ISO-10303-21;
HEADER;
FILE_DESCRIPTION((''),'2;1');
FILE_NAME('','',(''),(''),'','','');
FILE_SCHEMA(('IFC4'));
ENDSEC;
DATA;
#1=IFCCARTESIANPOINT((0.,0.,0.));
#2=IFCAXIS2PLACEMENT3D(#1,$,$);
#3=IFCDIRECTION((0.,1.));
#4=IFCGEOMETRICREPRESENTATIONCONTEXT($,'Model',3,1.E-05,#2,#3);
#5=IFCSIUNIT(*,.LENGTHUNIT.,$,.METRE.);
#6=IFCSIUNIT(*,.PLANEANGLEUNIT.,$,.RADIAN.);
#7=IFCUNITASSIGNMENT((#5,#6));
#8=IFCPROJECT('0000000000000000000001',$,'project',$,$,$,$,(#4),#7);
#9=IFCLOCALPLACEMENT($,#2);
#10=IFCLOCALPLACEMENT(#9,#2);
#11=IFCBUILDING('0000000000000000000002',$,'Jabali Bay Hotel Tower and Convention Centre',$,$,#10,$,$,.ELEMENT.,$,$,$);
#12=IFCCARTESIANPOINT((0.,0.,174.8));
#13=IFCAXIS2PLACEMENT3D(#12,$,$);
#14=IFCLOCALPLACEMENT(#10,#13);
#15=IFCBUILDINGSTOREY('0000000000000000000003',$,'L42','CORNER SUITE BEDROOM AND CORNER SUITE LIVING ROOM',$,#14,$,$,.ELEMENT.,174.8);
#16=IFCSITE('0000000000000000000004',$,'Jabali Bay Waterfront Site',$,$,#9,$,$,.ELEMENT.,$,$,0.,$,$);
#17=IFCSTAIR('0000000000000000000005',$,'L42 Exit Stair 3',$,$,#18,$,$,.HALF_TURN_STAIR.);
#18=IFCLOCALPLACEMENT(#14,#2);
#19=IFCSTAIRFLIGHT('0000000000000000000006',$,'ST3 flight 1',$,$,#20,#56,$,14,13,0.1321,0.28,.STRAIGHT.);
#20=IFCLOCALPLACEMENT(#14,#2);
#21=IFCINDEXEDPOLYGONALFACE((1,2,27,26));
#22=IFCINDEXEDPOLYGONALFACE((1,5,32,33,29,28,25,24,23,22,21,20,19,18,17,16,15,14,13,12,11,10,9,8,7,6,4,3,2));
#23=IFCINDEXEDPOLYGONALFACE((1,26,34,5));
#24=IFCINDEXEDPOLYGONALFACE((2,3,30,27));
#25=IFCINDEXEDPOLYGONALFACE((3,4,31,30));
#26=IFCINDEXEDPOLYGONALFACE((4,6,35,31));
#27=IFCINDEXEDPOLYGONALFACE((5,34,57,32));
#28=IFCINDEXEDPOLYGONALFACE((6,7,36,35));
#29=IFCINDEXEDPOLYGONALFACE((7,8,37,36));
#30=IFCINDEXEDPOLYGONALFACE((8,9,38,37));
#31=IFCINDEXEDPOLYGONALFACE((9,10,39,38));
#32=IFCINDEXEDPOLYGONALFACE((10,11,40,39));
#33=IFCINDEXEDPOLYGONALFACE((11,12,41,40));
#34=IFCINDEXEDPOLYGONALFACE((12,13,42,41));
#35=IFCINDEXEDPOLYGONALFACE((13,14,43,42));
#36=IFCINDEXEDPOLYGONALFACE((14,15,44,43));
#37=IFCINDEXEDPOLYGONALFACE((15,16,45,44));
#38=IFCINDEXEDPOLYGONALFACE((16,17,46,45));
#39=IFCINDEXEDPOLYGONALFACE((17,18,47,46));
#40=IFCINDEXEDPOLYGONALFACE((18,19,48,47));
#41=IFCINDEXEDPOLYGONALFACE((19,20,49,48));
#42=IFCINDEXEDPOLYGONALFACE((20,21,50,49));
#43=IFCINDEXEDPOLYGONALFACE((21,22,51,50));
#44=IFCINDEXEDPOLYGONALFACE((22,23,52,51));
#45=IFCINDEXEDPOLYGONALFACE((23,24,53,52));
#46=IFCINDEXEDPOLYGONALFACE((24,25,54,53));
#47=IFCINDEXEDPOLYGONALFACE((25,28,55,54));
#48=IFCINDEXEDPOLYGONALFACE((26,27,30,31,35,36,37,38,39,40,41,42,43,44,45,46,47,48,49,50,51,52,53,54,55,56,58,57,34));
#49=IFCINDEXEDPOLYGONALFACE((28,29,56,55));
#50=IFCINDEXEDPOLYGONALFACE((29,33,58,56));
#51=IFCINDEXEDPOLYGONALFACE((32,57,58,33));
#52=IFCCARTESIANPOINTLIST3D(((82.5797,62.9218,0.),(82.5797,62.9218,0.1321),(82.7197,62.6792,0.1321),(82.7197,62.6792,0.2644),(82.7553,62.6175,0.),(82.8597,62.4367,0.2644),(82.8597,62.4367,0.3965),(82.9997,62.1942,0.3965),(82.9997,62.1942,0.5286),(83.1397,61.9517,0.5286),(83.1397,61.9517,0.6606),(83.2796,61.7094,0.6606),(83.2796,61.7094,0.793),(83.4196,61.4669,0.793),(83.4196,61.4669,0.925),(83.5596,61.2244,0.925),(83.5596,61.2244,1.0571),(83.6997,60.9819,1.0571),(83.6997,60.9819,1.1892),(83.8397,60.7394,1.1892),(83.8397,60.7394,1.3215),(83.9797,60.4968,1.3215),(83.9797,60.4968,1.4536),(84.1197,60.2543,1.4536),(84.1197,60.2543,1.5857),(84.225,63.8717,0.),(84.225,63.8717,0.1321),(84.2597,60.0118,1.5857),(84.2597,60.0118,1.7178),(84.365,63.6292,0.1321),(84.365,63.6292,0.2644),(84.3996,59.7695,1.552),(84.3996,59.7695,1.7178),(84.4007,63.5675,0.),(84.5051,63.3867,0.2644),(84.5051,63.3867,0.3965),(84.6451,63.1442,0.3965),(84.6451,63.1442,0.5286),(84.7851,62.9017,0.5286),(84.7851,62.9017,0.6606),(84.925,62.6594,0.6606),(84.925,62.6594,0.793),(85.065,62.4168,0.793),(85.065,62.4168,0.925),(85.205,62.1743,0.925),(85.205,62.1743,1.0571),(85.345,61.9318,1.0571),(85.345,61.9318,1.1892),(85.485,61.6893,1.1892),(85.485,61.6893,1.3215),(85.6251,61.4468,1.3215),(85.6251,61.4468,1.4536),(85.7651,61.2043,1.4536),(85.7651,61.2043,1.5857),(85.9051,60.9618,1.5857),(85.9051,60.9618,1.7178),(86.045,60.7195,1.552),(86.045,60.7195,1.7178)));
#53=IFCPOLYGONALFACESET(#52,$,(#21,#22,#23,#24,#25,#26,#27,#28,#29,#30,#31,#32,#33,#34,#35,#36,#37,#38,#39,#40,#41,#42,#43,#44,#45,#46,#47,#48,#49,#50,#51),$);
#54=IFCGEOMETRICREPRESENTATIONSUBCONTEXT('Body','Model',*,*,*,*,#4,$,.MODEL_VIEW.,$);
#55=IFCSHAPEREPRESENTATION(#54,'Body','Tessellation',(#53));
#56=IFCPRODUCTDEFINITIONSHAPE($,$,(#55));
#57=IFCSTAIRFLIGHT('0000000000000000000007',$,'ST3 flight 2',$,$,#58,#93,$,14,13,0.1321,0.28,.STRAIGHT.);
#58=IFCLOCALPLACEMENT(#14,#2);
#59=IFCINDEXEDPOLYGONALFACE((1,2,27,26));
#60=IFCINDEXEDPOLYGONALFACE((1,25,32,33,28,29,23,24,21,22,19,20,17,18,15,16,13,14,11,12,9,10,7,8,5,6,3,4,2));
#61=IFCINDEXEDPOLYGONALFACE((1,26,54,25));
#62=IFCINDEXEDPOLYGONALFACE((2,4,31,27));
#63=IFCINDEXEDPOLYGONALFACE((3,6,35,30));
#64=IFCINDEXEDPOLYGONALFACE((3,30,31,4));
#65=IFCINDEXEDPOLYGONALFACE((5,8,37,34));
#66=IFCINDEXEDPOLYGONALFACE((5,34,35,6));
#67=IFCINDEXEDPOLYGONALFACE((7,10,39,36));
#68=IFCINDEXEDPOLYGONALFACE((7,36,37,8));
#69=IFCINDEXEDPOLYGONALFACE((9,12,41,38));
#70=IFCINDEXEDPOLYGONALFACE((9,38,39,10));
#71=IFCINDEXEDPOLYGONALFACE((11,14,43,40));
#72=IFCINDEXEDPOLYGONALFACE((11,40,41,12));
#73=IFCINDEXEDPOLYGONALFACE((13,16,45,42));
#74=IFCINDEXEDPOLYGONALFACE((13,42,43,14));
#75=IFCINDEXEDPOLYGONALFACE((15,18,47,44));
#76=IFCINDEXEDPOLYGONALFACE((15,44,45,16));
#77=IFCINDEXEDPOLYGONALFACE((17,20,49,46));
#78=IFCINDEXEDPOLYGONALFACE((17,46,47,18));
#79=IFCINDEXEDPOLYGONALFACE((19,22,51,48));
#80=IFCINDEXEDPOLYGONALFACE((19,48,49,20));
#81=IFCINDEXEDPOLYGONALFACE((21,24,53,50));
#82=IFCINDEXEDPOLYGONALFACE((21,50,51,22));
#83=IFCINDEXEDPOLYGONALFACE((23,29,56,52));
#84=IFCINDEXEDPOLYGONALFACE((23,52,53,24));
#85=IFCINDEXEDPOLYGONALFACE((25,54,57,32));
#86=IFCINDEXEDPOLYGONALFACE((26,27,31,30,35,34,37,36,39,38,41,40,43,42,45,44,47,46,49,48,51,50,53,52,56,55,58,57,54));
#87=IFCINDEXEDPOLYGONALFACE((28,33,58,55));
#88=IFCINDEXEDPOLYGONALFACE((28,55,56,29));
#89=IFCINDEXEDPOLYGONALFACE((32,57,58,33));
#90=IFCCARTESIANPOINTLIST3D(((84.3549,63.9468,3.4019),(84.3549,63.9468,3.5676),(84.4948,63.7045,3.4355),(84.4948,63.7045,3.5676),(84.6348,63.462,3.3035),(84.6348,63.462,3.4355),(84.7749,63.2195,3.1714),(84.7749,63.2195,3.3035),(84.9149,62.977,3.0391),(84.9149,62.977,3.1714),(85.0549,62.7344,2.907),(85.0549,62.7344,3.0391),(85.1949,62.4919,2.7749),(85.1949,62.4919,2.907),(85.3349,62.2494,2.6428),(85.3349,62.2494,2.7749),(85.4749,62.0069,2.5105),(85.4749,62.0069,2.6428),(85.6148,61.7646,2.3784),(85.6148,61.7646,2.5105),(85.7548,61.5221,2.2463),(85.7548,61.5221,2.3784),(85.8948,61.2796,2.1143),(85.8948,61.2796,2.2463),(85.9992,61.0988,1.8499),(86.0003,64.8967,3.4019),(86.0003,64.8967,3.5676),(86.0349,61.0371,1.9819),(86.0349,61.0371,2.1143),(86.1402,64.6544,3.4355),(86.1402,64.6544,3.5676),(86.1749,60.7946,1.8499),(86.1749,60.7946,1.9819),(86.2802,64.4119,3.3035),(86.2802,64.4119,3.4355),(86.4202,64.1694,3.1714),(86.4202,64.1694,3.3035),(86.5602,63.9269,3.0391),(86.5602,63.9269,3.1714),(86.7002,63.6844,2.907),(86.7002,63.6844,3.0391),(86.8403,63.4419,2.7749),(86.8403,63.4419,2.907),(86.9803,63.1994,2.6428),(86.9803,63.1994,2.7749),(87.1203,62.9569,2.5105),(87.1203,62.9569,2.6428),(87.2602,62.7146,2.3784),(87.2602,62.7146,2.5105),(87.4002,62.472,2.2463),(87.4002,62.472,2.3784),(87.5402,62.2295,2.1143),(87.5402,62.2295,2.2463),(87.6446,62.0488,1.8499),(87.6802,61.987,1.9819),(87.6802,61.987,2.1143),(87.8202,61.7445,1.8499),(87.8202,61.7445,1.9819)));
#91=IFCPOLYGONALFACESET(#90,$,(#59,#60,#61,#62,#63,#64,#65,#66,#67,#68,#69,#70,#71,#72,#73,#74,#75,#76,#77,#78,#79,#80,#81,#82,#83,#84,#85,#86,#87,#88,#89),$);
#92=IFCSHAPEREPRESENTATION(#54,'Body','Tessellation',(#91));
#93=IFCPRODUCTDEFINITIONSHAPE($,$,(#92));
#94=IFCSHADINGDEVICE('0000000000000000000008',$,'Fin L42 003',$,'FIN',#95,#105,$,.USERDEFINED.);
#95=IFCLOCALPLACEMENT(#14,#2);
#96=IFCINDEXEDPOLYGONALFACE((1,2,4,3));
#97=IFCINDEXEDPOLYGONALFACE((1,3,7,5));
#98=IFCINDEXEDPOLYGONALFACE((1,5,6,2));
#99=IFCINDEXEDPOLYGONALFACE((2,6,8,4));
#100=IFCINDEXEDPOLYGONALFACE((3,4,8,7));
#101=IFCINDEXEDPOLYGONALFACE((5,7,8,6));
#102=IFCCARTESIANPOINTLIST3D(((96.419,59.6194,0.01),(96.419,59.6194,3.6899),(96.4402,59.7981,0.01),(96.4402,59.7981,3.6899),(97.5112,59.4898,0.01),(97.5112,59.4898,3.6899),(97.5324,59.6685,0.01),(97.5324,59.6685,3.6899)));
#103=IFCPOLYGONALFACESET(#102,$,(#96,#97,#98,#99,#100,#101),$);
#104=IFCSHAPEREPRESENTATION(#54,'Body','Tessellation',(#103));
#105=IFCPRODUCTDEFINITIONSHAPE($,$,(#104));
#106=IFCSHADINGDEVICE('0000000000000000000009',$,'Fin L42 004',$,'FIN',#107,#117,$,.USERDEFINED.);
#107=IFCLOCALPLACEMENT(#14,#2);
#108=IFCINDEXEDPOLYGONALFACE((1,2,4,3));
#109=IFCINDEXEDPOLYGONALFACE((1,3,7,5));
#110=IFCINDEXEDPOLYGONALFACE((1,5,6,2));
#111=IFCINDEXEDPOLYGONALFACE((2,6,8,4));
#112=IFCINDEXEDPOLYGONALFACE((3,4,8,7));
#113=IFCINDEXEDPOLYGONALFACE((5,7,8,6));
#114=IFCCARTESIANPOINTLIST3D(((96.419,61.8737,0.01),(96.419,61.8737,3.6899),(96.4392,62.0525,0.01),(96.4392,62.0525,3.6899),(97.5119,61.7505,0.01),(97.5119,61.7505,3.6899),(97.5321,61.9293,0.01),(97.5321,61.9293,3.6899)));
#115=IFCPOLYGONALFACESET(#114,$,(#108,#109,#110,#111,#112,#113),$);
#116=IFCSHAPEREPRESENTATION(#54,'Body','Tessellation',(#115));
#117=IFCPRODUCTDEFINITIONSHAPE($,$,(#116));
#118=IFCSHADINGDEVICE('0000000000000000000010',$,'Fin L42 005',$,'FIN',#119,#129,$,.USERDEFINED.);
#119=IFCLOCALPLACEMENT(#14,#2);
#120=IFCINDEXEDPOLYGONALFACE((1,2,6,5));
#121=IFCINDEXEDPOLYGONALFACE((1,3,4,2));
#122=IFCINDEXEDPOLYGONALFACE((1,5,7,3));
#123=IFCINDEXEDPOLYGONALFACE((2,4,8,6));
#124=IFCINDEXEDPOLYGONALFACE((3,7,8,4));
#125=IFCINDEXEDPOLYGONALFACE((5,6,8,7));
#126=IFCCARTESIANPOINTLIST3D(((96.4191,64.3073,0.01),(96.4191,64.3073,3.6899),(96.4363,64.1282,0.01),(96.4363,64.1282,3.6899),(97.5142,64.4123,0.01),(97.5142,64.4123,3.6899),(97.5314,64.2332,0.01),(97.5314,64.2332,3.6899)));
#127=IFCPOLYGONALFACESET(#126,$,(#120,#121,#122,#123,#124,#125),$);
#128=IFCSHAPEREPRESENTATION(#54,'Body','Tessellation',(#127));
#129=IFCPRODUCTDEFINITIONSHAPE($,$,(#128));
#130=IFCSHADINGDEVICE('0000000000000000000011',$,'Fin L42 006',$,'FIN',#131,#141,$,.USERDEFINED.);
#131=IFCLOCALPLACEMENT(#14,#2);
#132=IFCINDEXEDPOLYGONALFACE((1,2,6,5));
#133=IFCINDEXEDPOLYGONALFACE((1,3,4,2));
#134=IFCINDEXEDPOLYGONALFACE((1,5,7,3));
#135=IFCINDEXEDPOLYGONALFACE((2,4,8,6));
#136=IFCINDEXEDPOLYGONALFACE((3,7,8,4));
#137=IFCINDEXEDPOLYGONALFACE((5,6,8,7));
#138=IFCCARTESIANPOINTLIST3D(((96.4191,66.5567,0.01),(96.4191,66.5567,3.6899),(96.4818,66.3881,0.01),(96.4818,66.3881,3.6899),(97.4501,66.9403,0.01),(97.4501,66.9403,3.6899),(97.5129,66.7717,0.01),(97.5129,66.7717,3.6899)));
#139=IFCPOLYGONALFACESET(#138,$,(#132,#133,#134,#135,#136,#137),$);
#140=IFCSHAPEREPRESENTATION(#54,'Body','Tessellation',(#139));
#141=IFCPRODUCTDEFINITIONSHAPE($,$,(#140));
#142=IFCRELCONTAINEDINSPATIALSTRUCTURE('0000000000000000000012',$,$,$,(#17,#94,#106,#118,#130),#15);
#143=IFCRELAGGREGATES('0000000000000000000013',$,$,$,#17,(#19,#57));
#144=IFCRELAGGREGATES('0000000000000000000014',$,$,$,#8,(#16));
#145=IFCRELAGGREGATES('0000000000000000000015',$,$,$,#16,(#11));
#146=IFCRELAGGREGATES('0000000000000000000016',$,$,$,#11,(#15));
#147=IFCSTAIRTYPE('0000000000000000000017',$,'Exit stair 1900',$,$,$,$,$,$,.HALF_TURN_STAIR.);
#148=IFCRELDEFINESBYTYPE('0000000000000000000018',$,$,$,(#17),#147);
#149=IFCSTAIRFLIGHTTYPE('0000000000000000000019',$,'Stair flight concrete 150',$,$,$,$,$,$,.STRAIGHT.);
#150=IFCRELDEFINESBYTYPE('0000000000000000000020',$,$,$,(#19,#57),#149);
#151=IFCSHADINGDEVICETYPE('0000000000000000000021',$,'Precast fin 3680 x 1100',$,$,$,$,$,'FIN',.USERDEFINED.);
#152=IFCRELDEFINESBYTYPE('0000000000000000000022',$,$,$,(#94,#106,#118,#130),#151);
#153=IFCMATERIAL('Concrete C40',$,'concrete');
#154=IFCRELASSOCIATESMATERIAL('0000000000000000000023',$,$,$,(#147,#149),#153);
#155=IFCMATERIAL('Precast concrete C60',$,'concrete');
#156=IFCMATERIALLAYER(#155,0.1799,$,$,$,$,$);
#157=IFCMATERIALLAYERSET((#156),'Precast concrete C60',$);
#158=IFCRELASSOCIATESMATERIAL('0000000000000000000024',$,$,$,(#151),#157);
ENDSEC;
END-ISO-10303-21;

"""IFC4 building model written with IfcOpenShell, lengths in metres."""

from ifc_helpers import new_model, si_unit, direction, frame, frame_2d, origin, place, context, subcontext, project, spatial, polyline, rectangle, outline, extrude, material, layer, layer_set, type_object, element, aggregate, save


model = new_model("IFC4")

# Units and contexts
model_context = context("Model", 3, precision=1e-05, world=origin(), true_north=direction((0.0, 1.0)))
body_context = subcontext(model_context, "Body", "Model", "MODEL_VIEW")
ifc_project = project(units=[si_unit("LENGTHUNIT", "METRE"), si_unit("PLANEANGLEUNIT", "RADIAN")], contexts=[model_context])

# Site, building, storey
site_placement = place(None, origin())
site = spatial("IfcSite", under=ifc_project, at=site_placement, Name="Jabali Bay Waterfront Site", CompositionType="ELEMENT", RefElevation=0.0)
building_placement = place(site_placement, origin())
building = spatial("IfcBuilding", under=site, at=building_placement, Name="Jabali Bay Hotel Tower and Convention Centre", CompositionType="ELEMENT")
storey_placement = place(building_placement, frame((0.0, 0.0, 174.8)))
storey = spatial("IfcBuildingStorey", under=building, at=storey_placement, Name="L42", Description="CORNER SUITE BEDROOM AND CORNER SUITE LIVING ROOM", CompositionType="ELEMENT", Elevation=174.8)

# Shared definitions
ifc_material_1 = material(Name="Concrete C40", Category="concrete")

# Stair, stair flights
stair_type = type_object("IfcStairType", Name="Exit stair 1900", PredefinedType="HALF_TURN_STAIR", material=ifc_material_1)
stair_placement = place(storey_placement, origin())
stair = element("IfcStair", 1, at=stair_placement, inside=storey, type_object=stair_type, Name="L42 Exit Stair 3", PredefinedType="HALF_TURN_STAIR")
stair_flight_type = type_object("IfcStairFlightType", Name="Stair flight concrete 150", PredefinedType="STRAIGHT", material=ifc_material_1)
stair_flight_1_placement = place(storey_placement, frame((83.4023, 63.3967, 0.0), z_axis=(0.0, 0.0, 1.0), x_axis=(0.5, -0.866025, 0.0)))
stair_flight_1 = element("IfcStairFlight", 2, at=stair_flight_1_placement, type_object=stair_flight_type, Name="ST3 flight 1", NumberOfRisers=14, NumberOfTreads=13, PredefinedType="STRAIGHT", RiserHeight=0.1321, TreadLength=0.28, context=body_context, shape_type="SweptSolid", body=[
    extrude(outline(polyline([(0.0, 0.0), (0.0, 0.1321), (0.28, 0.1321), (0.28, 0.2644), (0.5601, 0.2644), (0.5601, 0.3965), (0.8401, 0.3965), (0.8401, 0.5286), (1.1201, 0.5286), (1.1201, 0.6606), (1.3999, 0.6606), (1.3999, 0.793), (1.6799, 0.793), (1.6799, 0.925), (1.96, 0.925), (1.96, 1.0571), (2.24, 1.0571), (2.24, 1.1892), (2.52, 1.1892), (2.52, 1.3215), (2.8, 1.3215), (2.8, 1.4536), (3.0801, 1.4536), (3.0801, 1.5857), (3.3601, 1.5857), (3.3601, 1.7178), (3.6399, 1.7178), (3.6399, 1.8501), (3.6399, 1.552), (0.3513, 0.0), (0.0, 0.0)])), frame((0.0, 0.95, 0.0), z_axis=(0.0, -1.0, 0.0), x_axis=(1.0, 0.0, 0.0)), (0.0, 0.0, 1.0), 1.8999),
])
stair_flight_2_placement = place(storey_placement, frame((86.9976, 61.2695, 1.8499), z_axis=(0.0, 0.0, 1.0), x_axis=(-0.5, 0.866025, 0.0)))
stair_flight_2 = element("IfcStairFlight", 3, at=stair_flight_2_placement, type_object=stair_flight_type, Name="ST3 flight 2", NumberOfRisers=14, NumberOfTreads=13, PredefinedType="STRAIGHT", RiserHeight=0.1321, TreadLength=0.28, context=body_context, shape_type="SweptSolid", body=[
    extrude(outline(polyline([(0.0, 0.0), (0.0, 0.1321), (0.28, 0.1321), (0.28, 0.2644), (0.5601, 0.2644), (0.5601, 0.3965), (0.8401, 0.3965), (0.8401, 0.5286), (1.1201, 0.5286), (1.1201, 0.6606), (1.3999, 0.6606), (1.3999, 0.793), (1.6799, 0.793), (1.6799, 0.925), (1.96, 0.925), (1.96, 1.0571), (2.24, 1.0571), (2.24, 1.1892), (2.52, 1.1892), (2.52, 1.3215), (2.8, 1.3215), (2.8, 1.4536), (3.0801, 1.4536), (3.0801, 1.5857), (3.3601, 1.5857), (3.3601, 1.7178), (3.6399, 1.7178), (3.6399, 1.8501), (3.6399, 1.552), (0.3513, 0.0), (0.0, 0.0)])), frame((0.0, 0.95, 0.0), z_axis=(0.0, -1.0, 0.0), x_axis=(1.0, 0.0, 0.0)), (0.0, 0.0, 1.0), 1.8999),
])
aggregate(stair, [stair_flight_1, stair_flight_2])

# Shading devices
ifc_material_2 = material(Name="Precast concrete C60", Category="concrete")
ifc_layer_1 = layer(ifc_material_2, 0.1799)
ifc_layer_set_1 = layer_set([ifc_layer_1], Name="Precast concrete C60")
shading_device_type = type_object("IfcShadingDeviceType", Name="Precast fin 3680 x 1100", ElementType="FIN", PredefinedType="USERDEFINED", material=ifc_layer_set_1)
for number, where, z_axis, x_axis, name in (
    (4, (96.4297, 59.7087, 0.01), (0.0, 0.0, 1.0), (0.99303, -0.117859, 0.0), "Fin L42 003"),
    (5, (96.4292, 61.9631, 0.01), (0.0, 0.0, 1.0), (0.993698, -0.112088, 0.0), "Fin L42 004"),
):
    element("IfcShadingDevice", number, at=place(storey_placement, frame(where, z_axis=z_axis, x_axis=x_axis)), inside=storey, type_object=shading_device_type, Name=name, ObjectType="FIN", PredefinedType="USERDEFINED", context=body_context, shape_type="SweptSolid", body=[
        extrude(rectangle(XDim=1.0999, YDim=0.1799, at=frame_2d((0.5498, 0.0))), origin(), (0.0, 0.0, 1.0), 3.6799),
    ])
for number, where, z_axis, x_axis, name in (
    (6, (96.4277, 64.2178, 0.01), (0.0, 0.0, 1.0), (0.995435, 0.095438, 0.0), "Fin L42 005"),
    (7, (96.4504, 66.4724, 0.01), (0.0, 0.0, 1.0), (0.937247, 0.348666, 0.0), "Fin L42 006"),
):
    element("IfcShadingDevice", number, at=place(storey_placement, frame(where, z_axis=z_axis, x_axis=x_axis)), inside=storey, type_object=shading_device_type, Name=name, ObjectType="FIN", PredefinedType="USERDEFINED", context=body_context, shape_type="SweptSolid", body=[
        extrude(rectangle(XDim=1.1001, YDim=0.1799, at=frame_2d((0.55, 0.0))), origin(), (0.0, 0.0, 1.0), 3.6799),
    ])

save(model, "model.ifc")
